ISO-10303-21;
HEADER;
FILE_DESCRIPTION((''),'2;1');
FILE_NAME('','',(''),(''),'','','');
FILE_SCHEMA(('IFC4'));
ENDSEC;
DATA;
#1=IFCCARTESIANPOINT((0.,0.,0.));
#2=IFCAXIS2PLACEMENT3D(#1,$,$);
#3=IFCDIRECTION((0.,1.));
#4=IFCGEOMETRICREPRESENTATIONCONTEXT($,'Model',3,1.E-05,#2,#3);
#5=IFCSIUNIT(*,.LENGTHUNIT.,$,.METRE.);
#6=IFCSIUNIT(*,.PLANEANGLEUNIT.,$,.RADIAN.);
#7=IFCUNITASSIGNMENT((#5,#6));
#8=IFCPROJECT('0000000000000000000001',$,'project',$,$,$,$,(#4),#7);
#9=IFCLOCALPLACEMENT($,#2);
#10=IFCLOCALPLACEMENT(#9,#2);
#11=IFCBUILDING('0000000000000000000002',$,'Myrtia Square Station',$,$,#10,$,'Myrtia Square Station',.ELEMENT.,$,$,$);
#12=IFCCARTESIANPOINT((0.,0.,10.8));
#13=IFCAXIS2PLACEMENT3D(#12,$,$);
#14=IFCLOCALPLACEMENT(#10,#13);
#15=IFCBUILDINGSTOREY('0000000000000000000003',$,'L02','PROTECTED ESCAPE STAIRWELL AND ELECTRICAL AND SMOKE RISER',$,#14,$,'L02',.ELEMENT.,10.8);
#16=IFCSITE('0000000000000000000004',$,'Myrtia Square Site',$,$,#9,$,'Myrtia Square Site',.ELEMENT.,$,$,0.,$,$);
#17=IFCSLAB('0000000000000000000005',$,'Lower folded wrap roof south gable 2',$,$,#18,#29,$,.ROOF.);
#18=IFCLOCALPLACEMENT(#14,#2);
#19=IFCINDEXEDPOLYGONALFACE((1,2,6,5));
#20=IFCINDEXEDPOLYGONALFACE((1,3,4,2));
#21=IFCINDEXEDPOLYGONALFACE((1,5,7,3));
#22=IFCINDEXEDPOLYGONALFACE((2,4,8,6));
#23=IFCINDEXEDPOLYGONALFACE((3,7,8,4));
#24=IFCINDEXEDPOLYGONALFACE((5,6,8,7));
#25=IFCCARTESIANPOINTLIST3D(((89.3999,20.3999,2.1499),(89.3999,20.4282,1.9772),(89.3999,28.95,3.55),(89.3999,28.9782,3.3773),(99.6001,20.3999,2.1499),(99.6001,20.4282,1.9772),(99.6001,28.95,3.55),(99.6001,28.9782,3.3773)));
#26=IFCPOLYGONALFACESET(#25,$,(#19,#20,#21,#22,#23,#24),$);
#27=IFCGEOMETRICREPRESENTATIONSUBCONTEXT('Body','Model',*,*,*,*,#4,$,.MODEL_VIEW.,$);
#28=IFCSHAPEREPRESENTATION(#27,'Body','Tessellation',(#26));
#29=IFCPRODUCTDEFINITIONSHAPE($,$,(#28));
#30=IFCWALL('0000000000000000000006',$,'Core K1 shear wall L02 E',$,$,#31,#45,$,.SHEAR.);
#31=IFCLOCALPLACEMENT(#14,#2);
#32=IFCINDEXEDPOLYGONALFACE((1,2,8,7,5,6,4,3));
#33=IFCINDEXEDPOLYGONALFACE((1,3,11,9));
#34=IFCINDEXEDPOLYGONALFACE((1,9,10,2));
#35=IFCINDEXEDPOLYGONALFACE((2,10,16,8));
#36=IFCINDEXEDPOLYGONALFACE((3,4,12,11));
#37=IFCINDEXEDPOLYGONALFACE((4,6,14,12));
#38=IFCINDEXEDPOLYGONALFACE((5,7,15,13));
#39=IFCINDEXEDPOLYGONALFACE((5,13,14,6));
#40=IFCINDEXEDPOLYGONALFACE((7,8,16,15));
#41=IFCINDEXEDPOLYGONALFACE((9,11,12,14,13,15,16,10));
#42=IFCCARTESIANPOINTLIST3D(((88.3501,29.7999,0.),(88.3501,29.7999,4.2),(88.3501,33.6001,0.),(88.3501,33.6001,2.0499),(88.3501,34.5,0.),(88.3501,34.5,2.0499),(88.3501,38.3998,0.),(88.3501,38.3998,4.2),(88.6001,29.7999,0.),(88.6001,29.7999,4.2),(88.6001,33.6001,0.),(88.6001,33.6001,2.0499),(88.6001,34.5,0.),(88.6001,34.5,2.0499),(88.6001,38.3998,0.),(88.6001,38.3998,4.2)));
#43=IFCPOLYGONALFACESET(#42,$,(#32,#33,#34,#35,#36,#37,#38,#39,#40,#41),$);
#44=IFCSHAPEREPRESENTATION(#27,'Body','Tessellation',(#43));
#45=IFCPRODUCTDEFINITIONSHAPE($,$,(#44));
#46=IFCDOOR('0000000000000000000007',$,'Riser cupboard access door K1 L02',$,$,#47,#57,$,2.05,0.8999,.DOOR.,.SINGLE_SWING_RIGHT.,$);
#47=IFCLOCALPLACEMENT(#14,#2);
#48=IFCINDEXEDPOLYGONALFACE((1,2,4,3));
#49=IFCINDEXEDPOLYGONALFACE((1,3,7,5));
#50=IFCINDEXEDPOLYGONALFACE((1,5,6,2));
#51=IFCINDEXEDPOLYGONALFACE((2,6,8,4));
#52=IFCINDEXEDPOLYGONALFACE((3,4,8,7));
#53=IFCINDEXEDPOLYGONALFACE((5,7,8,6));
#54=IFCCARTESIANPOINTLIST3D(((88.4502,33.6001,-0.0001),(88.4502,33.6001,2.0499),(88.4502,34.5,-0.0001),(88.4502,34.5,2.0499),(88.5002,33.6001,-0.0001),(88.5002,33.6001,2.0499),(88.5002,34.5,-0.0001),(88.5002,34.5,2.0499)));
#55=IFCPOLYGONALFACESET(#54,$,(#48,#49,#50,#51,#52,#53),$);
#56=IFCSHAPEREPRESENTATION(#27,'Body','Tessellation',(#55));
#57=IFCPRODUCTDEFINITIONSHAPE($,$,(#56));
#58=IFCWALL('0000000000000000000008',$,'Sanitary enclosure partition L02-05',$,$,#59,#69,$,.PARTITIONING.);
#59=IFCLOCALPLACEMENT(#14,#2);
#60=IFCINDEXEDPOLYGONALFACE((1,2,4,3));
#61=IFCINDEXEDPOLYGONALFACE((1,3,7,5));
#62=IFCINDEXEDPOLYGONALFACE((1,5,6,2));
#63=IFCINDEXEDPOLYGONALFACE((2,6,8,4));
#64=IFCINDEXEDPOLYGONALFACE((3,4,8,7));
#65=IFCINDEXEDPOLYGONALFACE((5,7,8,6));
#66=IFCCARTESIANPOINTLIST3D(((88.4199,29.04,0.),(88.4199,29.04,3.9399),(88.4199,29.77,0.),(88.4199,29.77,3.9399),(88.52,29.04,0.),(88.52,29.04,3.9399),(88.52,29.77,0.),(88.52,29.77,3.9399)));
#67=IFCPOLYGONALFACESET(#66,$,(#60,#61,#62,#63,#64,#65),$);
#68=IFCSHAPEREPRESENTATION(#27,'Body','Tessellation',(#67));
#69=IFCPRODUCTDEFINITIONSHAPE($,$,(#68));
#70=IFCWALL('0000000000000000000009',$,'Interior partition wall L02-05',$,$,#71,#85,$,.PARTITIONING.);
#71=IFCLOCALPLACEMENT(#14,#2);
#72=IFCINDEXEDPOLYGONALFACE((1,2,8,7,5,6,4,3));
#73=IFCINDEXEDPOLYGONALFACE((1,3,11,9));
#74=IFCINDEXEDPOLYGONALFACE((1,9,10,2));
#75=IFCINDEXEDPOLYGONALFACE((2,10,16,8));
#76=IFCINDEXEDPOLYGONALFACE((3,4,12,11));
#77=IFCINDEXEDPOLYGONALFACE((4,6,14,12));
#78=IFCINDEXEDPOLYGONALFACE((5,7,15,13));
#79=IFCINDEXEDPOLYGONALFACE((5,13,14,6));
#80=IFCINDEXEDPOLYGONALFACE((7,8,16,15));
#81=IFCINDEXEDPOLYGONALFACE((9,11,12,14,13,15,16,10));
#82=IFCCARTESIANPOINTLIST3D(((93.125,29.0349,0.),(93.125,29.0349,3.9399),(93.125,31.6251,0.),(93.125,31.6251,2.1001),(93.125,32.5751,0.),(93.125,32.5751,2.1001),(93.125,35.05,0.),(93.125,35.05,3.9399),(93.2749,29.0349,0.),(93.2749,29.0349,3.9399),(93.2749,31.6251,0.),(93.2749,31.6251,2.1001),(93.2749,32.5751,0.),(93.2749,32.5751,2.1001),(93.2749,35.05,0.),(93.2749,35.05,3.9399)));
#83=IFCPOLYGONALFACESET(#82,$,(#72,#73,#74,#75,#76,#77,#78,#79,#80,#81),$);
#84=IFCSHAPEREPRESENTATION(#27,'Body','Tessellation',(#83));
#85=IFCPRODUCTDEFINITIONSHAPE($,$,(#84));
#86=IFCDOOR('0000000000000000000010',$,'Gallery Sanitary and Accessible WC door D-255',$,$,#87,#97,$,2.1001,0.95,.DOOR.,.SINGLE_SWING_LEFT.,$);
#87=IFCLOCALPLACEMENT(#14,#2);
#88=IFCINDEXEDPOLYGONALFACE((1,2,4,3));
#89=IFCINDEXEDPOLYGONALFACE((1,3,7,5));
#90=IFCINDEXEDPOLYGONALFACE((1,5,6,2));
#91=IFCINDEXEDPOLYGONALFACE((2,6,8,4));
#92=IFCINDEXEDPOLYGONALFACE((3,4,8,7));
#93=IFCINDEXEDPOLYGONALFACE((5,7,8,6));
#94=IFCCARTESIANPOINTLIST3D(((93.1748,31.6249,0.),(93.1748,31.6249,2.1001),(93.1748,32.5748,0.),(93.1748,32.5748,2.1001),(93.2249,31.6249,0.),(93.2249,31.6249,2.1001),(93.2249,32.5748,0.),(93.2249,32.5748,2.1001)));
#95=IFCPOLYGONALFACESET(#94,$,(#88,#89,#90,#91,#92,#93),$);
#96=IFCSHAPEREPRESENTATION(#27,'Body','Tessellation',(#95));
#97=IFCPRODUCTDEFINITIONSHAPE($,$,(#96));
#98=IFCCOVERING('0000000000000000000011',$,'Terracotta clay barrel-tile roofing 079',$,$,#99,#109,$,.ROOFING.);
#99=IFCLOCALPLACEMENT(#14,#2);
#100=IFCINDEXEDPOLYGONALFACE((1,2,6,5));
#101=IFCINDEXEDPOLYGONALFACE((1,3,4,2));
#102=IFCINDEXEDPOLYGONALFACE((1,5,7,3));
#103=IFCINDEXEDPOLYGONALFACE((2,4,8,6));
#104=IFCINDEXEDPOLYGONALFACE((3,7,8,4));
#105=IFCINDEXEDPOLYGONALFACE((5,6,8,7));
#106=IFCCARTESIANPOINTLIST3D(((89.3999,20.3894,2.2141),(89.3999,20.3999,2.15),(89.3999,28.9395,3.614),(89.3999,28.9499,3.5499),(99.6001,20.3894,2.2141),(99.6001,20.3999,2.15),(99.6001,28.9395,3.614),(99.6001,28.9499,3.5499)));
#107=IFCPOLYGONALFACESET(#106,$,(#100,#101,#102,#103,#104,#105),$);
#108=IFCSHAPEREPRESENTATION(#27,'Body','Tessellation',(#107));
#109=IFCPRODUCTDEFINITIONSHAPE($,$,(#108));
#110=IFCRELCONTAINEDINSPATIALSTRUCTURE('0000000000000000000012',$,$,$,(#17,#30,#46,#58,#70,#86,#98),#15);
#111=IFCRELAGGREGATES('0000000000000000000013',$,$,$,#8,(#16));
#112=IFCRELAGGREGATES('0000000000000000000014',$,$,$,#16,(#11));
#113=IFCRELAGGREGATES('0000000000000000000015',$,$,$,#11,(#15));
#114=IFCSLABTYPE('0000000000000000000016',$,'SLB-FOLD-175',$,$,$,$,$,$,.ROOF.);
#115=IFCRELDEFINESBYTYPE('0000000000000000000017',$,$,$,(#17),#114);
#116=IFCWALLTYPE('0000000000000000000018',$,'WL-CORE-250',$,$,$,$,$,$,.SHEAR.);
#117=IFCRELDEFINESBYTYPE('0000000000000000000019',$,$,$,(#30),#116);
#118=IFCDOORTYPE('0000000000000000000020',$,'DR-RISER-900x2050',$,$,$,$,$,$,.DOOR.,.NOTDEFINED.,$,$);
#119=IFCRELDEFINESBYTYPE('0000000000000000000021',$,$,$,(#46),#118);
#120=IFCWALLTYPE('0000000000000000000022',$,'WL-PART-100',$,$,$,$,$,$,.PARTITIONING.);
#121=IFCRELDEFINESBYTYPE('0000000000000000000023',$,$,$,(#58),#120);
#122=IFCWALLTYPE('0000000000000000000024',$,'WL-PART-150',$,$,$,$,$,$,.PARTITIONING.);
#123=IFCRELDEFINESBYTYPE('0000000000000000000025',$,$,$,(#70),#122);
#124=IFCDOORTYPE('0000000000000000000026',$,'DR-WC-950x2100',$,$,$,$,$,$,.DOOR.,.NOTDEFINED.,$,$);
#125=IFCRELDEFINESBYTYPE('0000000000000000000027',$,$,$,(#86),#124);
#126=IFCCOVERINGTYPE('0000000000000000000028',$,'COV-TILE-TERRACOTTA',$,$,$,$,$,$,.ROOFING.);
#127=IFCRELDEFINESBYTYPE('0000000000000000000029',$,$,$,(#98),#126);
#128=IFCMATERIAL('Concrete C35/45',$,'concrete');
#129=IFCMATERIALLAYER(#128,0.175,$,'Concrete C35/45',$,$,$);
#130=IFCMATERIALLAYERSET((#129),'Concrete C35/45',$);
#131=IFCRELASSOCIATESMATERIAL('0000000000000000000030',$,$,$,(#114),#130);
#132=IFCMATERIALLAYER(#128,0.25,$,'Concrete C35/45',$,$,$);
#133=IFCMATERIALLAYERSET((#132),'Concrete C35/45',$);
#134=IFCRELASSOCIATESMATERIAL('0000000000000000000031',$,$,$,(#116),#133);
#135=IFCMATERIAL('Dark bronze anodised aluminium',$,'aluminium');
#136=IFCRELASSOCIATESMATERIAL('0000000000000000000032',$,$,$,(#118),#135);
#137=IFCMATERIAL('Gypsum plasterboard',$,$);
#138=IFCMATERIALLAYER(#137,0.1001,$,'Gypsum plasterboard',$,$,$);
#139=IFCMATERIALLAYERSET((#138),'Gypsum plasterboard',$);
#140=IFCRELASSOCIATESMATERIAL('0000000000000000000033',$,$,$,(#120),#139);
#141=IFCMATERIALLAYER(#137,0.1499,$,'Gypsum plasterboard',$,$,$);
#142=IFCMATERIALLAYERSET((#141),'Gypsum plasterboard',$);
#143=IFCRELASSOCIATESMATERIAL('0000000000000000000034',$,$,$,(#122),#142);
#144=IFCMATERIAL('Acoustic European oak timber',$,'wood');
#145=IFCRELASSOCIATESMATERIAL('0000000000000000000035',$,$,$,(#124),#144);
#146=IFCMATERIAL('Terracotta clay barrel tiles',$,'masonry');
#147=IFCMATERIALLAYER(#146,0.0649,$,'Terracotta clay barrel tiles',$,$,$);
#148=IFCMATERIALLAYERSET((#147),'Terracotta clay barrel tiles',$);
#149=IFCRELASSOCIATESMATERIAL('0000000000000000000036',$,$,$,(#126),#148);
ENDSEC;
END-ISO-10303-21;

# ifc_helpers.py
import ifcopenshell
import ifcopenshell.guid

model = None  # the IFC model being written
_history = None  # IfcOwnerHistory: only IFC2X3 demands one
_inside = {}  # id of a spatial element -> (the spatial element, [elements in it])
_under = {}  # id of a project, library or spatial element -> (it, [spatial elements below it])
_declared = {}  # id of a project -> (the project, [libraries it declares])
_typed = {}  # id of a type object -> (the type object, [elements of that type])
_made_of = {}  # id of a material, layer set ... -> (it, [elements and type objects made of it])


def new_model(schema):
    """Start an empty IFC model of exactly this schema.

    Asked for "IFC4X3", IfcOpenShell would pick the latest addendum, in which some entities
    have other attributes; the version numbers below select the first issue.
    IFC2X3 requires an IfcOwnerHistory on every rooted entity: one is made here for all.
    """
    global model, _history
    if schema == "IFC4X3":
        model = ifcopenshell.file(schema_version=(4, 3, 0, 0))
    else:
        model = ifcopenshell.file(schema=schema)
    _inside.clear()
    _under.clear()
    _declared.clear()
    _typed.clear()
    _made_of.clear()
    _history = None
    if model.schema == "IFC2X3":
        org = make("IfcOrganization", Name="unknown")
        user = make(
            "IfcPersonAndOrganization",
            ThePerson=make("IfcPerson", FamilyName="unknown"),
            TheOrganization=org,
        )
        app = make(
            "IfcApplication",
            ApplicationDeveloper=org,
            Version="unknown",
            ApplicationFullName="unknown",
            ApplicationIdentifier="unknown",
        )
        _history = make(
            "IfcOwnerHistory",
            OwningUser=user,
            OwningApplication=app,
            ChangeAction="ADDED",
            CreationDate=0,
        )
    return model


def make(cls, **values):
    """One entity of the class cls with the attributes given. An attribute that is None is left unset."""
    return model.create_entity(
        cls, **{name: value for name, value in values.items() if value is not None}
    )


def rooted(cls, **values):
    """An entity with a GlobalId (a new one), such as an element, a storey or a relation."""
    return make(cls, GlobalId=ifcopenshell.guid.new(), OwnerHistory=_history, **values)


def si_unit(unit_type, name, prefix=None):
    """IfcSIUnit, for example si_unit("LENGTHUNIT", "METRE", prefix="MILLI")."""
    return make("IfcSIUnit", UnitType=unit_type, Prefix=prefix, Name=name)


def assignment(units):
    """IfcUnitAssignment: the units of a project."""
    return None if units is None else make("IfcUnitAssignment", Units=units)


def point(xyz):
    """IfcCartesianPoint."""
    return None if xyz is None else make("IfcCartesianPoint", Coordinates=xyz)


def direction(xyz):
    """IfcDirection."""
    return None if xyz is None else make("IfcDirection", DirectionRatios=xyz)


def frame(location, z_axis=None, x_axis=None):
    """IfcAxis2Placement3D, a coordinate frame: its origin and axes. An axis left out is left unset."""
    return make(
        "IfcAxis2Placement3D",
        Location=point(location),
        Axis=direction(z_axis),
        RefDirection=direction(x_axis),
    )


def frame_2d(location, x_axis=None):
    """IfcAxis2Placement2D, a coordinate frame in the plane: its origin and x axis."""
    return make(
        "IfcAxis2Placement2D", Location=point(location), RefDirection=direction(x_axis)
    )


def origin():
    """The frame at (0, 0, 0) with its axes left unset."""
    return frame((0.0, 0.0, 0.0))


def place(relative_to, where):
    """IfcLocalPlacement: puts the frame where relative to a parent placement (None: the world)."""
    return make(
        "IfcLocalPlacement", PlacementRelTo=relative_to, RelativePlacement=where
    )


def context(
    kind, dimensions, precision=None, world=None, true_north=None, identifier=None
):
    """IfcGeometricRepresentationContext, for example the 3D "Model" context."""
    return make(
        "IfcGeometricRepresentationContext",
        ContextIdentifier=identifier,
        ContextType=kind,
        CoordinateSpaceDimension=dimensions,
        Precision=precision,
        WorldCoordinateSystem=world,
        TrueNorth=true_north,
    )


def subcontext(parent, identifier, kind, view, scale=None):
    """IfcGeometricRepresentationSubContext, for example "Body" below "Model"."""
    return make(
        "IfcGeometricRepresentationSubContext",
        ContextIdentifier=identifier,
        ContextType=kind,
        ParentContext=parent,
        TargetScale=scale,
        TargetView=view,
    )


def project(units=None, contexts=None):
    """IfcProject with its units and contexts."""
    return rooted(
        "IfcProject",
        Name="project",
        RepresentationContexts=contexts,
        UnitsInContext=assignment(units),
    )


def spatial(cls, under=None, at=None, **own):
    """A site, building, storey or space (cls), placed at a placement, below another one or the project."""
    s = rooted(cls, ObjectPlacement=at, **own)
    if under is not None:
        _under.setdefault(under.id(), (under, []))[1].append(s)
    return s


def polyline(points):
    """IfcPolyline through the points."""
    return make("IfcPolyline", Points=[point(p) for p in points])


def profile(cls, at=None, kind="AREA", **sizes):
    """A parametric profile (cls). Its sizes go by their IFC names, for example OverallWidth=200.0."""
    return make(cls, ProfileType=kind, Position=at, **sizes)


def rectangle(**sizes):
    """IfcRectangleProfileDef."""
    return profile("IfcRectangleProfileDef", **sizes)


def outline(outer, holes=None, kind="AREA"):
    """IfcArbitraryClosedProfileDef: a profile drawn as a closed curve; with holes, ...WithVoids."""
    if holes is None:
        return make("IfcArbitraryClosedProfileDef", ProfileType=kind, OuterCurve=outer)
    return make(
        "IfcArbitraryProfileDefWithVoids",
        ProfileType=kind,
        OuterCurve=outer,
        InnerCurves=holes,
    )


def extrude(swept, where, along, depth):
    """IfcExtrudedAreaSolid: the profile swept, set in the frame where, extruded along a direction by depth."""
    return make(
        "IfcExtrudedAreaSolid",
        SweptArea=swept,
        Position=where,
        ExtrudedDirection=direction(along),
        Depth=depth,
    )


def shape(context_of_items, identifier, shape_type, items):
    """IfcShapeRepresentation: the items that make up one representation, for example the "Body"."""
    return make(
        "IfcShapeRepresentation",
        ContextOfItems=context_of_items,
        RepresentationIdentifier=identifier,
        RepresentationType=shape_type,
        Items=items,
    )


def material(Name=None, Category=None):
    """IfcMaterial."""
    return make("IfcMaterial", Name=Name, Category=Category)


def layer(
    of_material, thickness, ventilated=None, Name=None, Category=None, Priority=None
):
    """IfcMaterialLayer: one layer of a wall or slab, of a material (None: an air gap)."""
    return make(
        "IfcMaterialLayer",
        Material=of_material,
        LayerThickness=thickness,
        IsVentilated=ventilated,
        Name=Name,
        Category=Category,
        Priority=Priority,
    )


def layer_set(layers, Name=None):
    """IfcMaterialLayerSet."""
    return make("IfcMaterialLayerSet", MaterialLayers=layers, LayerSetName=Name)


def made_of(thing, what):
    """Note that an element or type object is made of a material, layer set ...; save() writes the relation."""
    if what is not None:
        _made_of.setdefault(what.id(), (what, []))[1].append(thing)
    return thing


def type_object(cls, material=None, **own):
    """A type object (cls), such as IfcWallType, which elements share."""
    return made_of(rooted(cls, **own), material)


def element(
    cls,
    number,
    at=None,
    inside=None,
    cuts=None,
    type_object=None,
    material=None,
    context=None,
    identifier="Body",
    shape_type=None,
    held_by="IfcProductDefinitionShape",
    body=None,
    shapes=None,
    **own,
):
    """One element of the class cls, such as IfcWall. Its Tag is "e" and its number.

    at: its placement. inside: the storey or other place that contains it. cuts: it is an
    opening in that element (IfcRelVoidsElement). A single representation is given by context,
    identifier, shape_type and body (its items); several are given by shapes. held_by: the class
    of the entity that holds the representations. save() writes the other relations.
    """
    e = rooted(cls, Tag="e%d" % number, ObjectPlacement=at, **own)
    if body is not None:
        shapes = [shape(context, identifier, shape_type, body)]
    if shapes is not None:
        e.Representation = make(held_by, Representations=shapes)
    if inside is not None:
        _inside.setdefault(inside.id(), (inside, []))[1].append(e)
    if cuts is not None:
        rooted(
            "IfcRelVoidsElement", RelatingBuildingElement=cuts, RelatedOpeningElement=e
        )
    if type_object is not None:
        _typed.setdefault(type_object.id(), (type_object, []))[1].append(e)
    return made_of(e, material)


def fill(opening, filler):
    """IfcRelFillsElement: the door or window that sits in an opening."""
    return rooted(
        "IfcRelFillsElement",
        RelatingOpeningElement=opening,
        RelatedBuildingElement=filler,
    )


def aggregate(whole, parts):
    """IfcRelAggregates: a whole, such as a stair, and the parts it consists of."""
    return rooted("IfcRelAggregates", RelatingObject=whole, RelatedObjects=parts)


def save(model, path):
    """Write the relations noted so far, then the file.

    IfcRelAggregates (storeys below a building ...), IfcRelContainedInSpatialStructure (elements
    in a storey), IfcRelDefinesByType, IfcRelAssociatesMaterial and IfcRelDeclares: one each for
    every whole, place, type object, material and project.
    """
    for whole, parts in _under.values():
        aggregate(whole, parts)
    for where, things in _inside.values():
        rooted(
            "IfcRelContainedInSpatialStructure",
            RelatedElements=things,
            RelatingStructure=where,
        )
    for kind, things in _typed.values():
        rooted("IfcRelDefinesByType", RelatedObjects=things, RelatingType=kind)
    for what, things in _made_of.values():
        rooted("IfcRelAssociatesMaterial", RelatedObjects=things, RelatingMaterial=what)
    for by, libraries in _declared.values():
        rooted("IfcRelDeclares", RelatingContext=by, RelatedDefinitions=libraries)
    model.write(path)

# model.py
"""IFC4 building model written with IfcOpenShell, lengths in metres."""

from ifc_helpers import new_model, si_unit, direction, frame, frame_2d, origin, place, context, subcontext, project, spatial, polyline, rectangle, outline, extrude, material, layer, layer_set, type_object, element, fill, save


model = new_model("IFC4")

# Units and contexts
model_context = context("Model", 3, precision=1e-05, world=origin(), true_north=direction((0.0, 1.0)))
body_context = subcontext(model_context, "Body", "Model", "MODEL_VIEW")
ifc_project = project(units=[si_unit("LENGTHUNIT", "METRE"), si_unit("PLANEANGLEUNIT", "RADIAN")], contexts=[model_context])

# Site, building, storey
site_placement = place(None, origin())
site = spatial("IfcSite", under=ifc_project, at=site_placement, Name="Myrtia Square Site", LongName="Myrtia Square Site", CompositionType="ELEMENT", RefElevation=0.0)
building_placement = place(site_placement, origin())
building = spatial("IfcBuilding", under=site, at=building_placement, Name="Myrtia Square Station", LongName="Myrtia Square Station", CompositionType="ELEMENT")
storey_placement = place(building_placement, frame((0.0, 0.0, 10.8)))
storey = spatial("IfcBuildingStorey", under=building, at=storey_placement, Name="L02", Description="PROTECTED ESCAPE STAIRWELL AND ELECTRICAL AND SMOKE RISER", LongName="L02", CompositionType="ELEMENT", Elevation=10.8)

# Shared definitions
ifc_material_1 = material(Name="Dark bronze anodised aluminium", Category="aluminium")

# Slab
ifc_material_2 = material(Name="Concrete C35/45", Category="concrete")
ifc_layer_1 = layer(ifc_material_2, 0.175, Name="Concrete C35/45")
ifc_layer_set_1 = layer_set([ifc_layer_1], Name="Concrete C35/45")
slab_type = type_object("IfcSlabType", Name="SLB-FOLD-175", PredefinedType="ROOF", material=ifc_layer_set_1)
slab_placement = place(storey_placement, frame((89.3999, 20.3999, 2.1499), z_axis=(0.0, -0.161606, 0.986855), x_axis=(1.0, 0.0, 0.0)))
element("IfcSlab", 1, at=slab_placement, inside=storey, type_object=slab_type, Name="Lower folded wrap roof south gable 2", PredefinedType="ROOF", context=body_context, shape_type="SweptSolid", body=[
    extrude(outline(polyline([(0.0, 0.0), (10.2002, 0.0), (10.2002, 8.6639), (0.0, 8.6639), (0.0, 0.0)])), origin(), (0.0, 0.0, -1.0), 0.175),
])

# Wall, opening, door
ifc_layer_2 = layer(ifc_material_2, 0.25, Name="Concrete C35/45")
ifc_layer_set_2 = layer_set([ifc_layer_2], Name="Concrete C35/45")
wall_type_1 = type_object("IfcWallType", Name="WL-CORE-250", PredefinedType="SHEAR", material=ifc_layer_set_2)
wall_1_placement = place(storey_placement, frame((88.4751, 29.8, 0.0), z_axis=(0.0, 0.0, 1.0), x_axis=(0.0, 1.0, 0.0)))
wall_1 = element("IfcWall", 2, at=wall_1_placement, inside=storey, type_object=wall_type_1, Name="Core K1 shear wall L02 E", PredefinedType="SHEAR", context=body_context, shape_type="SweptSolid", body=[
    extrude(rectangle(XDim=8.5999, YDim=0.25, at=frame_2d((4.2998, 0.0))), origin(), (0.0, 0.0, 1.0), 4.2),
])
opening_1_placement = place(wall_1_placement, frame((3.8, 0.0, 0.0)))
opening_1 = element("IfcOpeningElement", 3, at=opening_1_placement, cuts=wall_1, PredefinedType="OPENING", context=body_context, shape_type="SweptSolid", body=[
    extrude(rectangle(XDim=0.8999, YDim=2.05, at=frame_2d((0.45, 1.0249))), frame((0.0, 0.1399, 0.0), z_axis=(0.0, -1.0, 0.0), x_axis=(1.0, 0.0, 0.0)), (0.0, 0.0, 1.0), 0.28),
])
door_type_1 = type_object("IfcDoorType", Name="DR-RISER-900x2050", OperationType="NOTDEFINED", PredefinedType="DOOR", material=ifc_material_1)
door_1_placement = place(opening_1_placement, origin())
door_1 = element("IfcDoor", 4, at=door_1_placement, inside=storey, type_object=door_type_1, Name="Riser cupboard access door K1 L02", OperationType="SINGLE_SWING_RIGHT", OverallHeight=2.05, OverallWidth=0.8999, PredefinedType="DOOR", context=body_context, shape_type="SweptSolid", body=[
    extrude(rectangle(XDim=0.8999, YDim=2.05, at=frame_2d((0.45, 1.0249))), frame((0.0, 0.0249, 0.0), z_axis=(0.0, -1.0, 0.0), x_axis=(1.0, 0.0, 0.0)), (0.0, 0.0, 1.0), 0.05),
])
fill(opening_1, door_1)

# Wall
ifc_material_3 = material(Name="Gypsum plasterboard")
ifc_layer_3 = layer(ifc_material_3, 0.1001, Name="Gypsum plasterboard")
ifc_layer_set_3 = layer_set([ifc_layer_3], Name="Gypsum plasterboard")
wall_type_2 = type_object("IfcWallType", Name="WL-PART-100", PredefinedType="PARTITIONING", material=ifc_layer_set_3)
wall_2_placement = place(storey_placement, frame((88.47, 29.04, 0.0), z_axis=(0.0, 0.0, 1.0), x_axis=(0.0, 1.0, 0.0)))
element("IfcWall", 5, at=wall_2_placement, inside=storey, type_object=wall_type_2, Name="Sanitary enclosure partition L02-05", PredefinedType="PARTITIONING", context=body_context, shape_type="SweptSolid", body=[
    extrude(rectangle(XDim=0.73, YDim=0.1001, at=frame_2d((0.365, 0.0))), origin(), (0.0, 0.0, 1.0), 3.9399),
])

# Wall, opening, door
ifc_layer_4 = layer(ifc_material_3, 0.1499, Name="Gypsum plasterboard")
ifc_layer_set_4 = layer_set([ifc_layer_4], Name="Gypsum plasterboard")
wall_type_3 = type_object("IfcWallType", Name="WL-PART-150", PredefinedType="PARTITIONING", material=ifc_layer_set_4)
wall_3_placement = place(storey_placement, frame((93.2, 29.0349, 0.0), z_axis=(0.0, 0.0, 1.0), x_axis=(0.0, 1.0, 0.0)))
wall_3 = element("IfcWall", 6, at=wall_3_placement, inside=storey, type_object=wall_type_3, Name="Interior partition wall L02-05", PredefinedType="PARTITIONING", context=body_context, shape_type="SweptSolid", body=[
    extrude(rectangle(XDim=6.0151, YDim=0.1499, at=frame_2d((3.0076, 0.0))), origin(), (0.0, 0.0, 1.0), 3.9399),
])
opening_2_placement = place(wall_3_placement, frame((2.5901, 0.0, 0.0)))
opening_2 = element("IfcOpeningElement", 7, at=opening_2_placement, cuts=wall_3, PredefinedType="OPENING", context=body_context, shape_type="SweptSolid", body=[
    extrude(rectangle(XDim=0.95, YDim=2.1001, at=frame_2d((0.4751, 1.05))), frame((0.0, 0.0898, 0.0), z_axis=(0.0, -1.0, 0.0), x_axis=(1.0, 0.0, 0.0)), (0.0, 0.0, 1.0), 0.1799),
])
ifc_material_4 = material(Name="Acoustic European oak timber", Category="wood")
door_type_2 = type_object("IfcDoorType", Name="DR-WC-950x2100", OperationType="NOTDEFINED", PredefinedType="DOOR", material=ifc_material_4)
door_2_placement = place(opening_2_placement, frame((0.95, 0.0, 0.0), z_axis=(0.0, 0.0, 1.0), x_axis=(-1.0, 0.0, 0.0)))
door_2 = element("IfcDoor", 8, at=door_2_placement, inside=storey, type_object=door_type_2, Name="Gallery Sanitary and Accessible WC door D-255", OperationType="SINGLE_SWING_LEFT", OverallHeight=2.1001, OverallWidth=0.95, PredefinedType="DOOR", context=body_context, shape_type="SweptSolid", body=[
    extrude(rectangle(XDim=0.95, YDim=2.1001, at=frame_2d((0.4751, 1.05))), frame((0.0, 0.0249, 0.0), z_axis=(0.0, -1.0, 0.0), x_axis=(1.0, 0.0, 0.0)), (0.0, 0.0, 1.0), 0.05),
])
fill(opening_2, door_2)

# Covering
ifc_material_5 = material(Name="Terracotta clay barrel tiles", Category="masonry")
ifc_layer_5 = layer(ifc_material_5, 0.0649, Name="Terracotta clay barrel tiles")
ifc_layer_set_5 = layer_set([ifc_layer_5], Name="Terracotta clay barrel tiles")
covering_type = type_object("IfcCoveringType", Name="COV-TILE-TERRACOTTA", PredefinedType="ROOFING", material=ifc_layer_set_5)
covering_placement = place(storey_placement, frame((89.3999, 20.3894, 2.2141), z_axis=(0.0, -0.161579, 0.98686), x_axis=(1.0, 0.0, 0.0)))
element("IfcCovering", 9, at=covering_placement, inside=storey, type_object=covering_type, Name="Terracotta clay barrel-tile roofing 079", PredefinedType="ROOFING", context=body_context, shape_type="SweptSolid", body=[
    extrude(outline(polyline([(0.0, 0.0), (10.2002, 0.0), (10.2002, 8.6639), (0.0, 8.6639), (0.0, 0.0)])), origin(), (0.0, 0.0, -1.0), 0.0649),
])

save(model, "model.ifc")
